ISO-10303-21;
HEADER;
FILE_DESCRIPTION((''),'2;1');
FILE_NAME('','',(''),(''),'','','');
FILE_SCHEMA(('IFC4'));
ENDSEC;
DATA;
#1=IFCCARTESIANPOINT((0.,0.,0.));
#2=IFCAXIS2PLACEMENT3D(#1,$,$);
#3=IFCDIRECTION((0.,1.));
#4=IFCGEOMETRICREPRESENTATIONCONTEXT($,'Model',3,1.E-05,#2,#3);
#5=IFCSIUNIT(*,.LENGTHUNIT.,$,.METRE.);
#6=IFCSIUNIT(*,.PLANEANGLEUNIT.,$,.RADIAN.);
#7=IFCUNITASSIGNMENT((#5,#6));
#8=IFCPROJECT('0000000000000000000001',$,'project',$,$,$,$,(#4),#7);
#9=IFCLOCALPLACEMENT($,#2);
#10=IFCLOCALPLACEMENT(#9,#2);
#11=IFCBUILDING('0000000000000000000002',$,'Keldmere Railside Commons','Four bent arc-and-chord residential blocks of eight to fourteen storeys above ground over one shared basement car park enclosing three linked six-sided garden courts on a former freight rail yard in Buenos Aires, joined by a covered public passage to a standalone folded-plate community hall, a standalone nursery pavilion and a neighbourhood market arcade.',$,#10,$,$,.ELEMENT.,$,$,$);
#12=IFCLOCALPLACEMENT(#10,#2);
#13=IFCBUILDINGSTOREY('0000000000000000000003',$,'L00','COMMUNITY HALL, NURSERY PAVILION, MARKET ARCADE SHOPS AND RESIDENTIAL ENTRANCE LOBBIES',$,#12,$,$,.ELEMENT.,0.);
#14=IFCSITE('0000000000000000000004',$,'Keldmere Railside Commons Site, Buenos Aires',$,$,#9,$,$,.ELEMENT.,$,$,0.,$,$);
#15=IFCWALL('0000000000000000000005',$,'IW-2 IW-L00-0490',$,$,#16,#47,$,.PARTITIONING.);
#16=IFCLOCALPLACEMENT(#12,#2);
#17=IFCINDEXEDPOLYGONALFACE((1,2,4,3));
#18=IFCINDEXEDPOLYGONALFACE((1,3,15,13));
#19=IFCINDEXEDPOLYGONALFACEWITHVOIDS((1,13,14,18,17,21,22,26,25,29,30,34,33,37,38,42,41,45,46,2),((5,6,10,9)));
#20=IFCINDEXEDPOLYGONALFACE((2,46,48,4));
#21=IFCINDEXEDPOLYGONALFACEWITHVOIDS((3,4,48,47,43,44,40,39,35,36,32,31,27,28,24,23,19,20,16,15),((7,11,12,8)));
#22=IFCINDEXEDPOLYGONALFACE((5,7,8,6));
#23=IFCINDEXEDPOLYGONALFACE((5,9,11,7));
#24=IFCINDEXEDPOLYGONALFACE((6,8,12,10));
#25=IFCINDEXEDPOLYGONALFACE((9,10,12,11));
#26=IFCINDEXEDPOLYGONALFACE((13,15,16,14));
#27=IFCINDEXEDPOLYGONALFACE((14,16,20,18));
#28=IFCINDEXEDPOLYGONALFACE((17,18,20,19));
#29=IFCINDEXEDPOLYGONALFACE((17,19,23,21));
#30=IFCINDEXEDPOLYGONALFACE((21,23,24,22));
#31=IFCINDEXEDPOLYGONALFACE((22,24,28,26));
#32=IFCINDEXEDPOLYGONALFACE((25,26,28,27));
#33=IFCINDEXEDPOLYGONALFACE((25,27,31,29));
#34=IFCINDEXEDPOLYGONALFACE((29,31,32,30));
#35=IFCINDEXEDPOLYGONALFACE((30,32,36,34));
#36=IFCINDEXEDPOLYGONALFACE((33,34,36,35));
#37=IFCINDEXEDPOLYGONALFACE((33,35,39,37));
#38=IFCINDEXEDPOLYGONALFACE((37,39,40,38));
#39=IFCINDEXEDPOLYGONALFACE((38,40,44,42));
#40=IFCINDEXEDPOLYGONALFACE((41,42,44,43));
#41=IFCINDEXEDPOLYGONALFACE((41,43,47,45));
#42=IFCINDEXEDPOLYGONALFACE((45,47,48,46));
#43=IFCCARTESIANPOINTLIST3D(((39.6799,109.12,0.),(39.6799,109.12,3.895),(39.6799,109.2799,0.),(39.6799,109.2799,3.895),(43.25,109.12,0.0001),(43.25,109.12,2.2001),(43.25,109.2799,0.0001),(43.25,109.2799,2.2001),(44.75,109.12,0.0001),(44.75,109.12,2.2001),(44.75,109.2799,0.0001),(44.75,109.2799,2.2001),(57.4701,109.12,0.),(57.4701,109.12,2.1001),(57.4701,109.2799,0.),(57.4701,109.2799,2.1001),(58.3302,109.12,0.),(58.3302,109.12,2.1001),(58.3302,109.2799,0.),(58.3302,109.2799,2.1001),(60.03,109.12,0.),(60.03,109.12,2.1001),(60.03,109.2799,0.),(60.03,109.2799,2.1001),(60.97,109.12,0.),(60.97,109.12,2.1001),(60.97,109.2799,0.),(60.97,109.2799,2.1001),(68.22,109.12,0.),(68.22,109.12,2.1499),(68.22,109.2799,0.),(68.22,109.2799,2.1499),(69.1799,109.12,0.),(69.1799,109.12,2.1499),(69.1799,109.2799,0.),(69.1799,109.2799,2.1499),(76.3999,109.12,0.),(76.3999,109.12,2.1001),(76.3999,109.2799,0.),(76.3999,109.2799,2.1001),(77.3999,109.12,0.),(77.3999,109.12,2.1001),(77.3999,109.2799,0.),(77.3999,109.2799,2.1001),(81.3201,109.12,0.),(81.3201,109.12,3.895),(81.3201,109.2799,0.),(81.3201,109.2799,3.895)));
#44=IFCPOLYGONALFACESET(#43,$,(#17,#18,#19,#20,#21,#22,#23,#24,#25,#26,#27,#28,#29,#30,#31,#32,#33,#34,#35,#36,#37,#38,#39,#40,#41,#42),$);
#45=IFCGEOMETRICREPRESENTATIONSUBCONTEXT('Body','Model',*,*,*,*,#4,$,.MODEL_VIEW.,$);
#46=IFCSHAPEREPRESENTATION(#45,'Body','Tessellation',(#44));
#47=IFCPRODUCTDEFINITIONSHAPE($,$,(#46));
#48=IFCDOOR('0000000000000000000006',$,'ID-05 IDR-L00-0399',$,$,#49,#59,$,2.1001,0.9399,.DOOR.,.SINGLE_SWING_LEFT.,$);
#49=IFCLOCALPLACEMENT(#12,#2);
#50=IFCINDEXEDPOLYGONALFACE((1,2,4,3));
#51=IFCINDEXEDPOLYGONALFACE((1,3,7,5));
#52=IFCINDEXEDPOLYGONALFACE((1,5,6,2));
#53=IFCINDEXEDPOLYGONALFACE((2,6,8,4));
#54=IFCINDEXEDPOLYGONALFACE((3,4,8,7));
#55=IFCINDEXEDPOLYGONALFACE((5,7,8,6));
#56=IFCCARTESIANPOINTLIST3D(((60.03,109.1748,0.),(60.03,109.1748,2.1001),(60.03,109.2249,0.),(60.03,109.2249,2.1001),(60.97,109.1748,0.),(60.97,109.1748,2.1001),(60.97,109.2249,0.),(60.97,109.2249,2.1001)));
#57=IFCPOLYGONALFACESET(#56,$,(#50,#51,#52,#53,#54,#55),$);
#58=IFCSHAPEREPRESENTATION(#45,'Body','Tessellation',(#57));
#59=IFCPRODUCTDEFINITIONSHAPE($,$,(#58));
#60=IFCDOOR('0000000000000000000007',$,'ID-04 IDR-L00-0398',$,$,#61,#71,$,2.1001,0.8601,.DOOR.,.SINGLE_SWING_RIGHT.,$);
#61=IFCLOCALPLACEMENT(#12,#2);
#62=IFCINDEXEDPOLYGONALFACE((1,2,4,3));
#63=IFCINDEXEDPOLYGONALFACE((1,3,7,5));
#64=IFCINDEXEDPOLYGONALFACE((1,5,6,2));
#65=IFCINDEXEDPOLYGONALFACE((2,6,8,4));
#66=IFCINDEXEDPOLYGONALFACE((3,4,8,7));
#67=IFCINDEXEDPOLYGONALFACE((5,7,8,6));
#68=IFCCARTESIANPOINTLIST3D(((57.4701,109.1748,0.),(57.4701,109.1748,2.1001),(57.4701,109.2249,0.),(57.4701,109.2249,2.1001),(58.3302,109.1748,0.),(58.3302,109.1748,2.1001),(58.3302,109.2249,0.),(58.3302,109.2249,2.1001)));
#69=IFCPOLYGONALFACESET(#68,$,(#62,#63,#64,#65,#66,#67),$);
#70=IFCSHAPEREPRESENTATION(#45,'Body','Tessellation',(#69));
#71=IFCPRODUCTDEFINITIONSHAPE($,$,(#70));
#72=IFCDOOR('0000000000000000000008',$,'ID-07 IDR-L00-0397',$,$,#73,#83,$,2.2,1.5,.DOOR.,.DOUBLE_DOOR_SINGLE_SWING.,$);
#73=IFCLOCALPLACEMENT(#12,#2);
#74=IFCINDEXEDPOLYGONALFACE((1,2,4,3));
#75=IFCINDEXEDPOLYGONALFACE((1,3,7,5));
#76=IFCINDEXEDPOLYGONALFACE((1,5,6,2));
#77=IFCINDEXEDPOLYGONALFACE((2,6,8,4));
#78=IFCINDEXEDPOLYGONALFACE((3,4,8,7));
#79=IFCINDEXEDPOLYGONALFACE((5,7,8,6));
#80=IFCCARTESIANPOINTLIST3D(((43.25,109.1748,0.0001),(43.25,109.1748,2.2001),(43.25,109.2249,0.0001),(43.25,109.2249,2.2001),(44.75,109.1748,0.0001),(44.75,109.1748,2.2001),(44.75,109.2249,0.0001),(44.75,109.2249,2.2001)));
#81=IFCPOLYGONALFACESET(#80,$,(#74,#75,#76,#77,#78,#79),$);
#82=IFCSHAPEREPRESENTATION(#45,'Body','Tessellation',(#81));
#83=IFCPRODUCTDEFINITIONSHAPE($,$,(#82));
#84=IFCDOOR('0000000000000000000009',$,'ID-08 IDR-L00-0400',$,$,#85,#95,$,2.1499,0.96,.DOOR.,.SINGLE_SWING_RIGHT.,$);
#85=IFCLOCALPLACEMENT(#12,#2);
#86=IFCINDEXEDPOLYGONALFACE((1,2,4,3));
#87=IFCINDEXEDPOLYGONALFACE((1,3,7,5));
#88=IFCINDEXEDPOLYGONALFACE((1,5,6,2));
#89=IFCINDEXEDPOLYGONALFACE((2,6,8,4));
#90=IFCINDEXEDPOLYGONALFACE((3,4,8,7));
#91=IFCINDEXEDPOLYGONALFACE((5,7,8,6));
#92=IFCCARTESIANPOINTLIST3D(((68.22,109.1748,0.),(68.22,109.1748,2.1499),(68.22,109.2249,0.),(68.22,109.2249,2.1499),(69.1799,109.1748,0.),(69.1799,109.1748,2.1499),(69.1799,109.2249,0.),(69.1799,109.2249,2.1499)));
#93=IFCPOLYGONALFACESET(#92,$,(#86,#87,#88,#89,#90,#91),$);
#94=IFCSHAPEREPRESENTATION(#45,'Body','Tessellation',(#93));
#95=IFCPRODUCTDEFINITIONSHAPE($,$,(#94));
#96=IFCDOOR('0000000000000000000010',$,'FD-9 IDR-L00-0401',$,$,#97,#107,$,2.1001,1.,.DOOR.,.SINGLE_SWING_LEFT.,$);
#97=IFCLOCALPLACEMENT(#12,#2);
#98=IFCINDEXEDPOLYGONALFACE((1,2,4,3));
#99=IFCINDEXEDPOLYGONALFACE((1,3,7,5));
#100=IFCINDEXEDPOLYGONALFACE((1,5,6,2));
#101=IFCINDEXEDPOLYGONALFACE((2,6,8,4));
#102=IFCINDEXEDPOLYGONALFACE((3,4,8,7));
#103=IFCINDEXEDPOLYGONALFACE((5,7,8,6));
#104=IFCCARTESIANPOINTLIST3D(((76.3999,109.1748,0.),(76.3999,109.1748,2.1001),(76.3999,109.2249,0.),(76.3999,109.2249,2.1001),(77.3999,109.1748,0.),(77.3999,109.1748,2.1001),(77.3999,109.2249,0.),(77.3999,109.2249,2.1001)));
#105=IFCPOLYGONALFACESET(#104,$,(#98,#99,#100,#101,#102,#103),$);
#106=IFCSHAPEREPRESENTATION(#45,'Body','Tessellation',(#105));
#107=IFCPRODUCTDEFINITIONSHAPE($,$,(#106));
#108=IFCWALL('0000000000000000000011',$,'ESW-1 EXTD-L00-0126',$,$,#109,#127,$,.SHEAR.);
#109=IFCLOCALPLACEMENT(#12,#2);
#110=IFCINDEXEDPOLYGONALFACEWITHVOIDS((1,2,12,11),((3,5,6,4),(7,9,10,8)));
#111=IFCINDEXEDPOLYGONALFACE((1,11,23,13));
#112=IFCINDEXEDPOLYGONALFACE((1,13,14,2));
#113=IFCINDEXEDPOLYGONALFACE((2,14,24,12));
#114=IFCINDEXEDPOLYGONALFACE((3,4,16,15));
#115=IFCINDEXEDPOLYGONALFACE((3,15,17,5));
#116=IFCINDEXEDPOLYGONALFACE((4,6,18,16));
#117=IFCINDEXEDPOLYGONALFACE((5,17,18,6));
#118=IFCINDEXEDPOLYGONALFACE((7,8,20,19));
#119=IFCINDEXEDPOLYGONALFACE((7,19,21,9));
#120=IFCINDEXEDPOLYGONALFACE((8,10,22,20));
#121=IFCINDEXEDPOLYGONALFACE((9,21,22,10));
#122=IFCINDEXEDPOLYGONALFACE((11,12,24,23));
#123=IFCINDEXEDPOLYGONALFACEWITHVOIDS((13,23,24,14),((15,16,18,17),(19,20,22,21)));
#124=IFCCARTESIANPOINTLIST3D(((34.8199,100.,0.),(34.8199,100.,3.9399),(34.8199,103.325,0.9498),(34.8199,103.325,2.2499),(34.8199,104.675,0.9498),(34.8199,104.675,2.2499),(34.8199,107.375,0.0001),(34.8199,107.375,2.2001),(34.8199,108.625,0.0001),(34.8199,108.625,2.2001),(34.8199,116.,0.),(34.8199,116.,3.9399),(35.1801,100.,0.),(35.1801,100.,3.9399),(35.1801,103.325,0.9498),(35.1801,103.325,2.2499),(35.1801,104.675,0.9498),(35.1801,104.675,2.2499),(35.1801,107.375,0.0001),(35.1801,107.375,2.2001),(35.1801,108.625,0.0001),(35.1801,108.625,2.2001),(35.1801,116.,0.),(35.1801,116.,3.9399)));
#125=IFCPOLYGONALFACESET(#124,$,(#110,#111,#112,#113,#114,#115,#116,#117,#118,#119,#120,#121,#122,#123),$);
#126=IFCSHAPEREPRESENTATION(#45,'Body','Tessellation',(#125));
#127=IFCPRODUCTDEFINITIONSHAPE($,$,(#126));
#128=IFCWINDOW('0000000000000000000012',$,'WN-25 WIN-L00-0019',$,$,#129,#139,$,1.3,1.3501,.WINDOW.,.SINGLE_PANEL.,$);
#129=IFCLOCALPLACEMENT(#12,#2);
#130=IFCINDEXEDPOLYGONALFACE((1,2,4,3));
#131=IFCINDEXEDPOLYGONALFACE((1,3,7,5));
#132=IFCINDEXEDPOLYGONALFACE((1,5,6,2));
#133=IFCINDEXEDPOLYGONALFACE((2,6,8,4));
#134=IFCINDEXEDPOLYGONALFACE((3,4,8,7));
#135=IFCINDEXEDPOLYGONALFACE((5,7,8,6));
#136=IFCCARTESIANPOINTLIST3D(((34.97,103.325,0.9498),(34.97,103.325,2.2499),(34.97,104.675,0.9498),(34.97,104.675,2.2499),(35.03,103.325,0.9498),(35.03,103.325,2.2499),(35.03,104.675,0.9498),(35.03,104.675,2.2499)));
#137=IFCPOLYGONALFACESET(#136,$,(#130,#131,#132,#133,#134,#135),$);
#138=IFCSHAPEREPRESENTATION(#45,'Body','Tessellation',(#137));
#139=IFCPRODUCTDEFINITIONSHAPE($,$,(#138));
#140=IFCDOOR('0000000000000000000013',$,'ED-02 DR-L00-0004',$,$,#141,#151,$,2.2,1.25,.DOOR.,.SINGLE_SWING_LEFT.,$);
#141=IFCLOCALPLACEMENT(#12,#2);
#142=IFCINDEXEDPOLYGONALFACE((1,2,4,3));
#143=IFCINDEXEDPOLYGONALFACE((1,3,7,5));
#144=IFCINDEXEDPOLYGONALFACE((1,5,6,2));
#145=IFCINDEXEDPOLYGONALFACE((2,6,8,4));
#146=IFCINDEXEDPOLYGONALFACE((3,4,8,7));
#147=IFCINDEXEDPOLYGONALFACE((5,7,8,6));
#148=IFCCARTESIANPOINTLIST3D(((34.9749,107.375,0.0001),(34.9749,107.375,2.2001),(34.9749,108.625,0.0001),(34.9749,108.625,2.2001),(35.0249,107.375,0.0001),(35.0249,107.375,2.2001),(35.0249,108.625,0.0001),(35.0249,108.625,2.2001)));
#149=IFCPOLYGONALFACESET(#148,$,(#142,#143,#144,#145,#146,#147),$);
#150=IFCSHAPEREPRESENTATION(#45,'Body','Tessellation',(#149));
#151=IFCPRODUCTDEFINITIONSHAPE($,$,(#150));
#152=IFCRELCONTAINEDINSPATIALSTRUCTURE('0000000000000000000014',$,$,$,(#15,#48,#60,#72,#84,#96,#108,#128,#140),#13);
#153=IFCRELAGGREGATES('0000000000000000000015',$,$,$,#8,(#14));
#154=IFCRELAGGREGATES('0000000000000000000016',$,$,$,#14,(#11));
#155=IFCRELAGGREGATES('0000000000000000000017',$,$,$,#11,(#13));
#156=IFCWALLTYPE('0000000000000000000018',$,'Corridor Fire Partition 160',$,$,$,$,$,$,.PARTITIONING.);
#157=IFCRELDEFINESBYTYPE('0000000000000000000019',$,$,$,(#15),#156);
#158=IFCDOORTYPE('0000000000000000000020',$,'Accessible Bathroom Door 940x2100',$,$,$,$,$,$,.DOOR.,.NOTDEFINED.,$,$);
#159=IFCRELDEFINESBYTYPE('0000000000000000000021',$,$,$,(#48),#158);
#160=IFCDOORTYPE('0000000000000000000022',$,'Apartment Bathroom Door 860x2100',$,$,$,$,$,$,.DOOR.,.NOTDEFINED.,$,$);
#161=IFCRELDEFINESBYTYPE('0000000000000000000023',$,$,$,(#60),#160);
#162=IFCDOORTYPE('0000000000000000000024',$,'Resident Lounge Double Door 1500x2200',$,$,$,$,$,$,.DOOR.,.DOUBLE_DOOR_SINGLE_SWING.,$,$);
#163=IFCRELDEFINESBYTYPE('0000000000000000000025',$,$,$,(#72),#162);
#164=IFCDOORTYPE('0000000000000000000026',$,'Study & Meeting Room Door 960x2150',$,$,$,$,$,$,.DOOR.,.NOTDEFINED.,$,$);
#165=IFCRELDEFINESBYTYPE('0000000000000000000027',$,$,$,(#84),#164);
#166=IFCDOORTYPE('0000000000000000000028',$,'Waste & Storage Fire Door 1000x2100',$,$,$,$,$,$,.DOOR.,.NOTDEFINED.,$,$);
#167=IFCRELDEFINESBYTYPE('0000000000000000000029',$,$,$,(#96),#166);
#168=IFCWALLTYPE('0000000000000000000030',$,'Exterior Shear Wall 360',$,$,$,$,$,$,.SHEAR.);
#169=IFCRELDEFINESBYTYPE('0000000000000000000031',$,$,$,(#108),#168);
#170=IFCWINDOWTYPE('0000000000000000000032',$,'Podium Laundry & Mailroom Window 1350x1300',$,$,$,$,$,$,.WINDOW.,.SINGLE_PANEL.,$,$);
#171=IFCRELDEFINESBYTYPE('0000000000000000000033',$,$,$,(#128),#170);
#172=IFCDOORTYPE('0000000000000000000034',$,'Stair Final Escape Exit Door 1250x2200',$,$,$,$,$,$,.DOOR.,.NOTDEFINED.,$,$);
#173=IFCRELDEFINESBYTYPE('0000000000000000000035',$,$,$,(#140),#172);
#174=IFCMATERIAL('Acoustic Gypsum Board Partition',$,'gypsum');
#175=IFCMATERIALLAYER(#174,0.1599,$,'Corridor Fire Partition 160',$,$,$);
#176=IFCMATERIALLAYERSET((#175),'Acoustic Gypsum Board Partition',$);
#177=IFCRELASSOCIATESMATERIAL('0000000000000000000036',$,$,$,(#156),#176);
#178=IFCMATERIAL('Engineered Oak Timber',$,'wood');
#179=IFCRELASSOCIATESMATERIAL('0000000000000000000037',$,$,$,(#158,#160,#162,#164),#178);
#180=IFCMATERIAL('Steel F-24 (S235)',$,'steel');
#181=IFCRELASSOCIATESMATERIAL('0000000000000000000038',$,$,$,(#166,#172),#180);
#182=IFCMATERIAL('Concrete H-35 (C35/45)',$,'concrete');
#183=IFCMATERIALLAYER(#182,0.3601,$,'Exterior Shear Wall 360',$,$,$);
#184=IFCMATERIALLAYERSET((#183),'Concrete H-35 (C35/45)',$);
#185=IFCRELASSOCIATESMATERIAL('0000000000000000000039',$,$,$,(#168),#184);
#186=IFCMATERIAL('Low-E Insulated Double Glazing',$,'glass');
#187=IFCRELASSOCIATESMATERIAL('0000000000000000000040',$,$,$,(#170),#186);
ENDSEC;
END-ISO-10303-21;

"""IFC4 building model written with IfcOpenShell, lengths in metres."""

from ifc_helpers import new_model, si_unit, direction, frame, frame_2d, origin, place, context, subcontext, project, spatial, rectangle, extrude, material, layer, layer_set, type_object, element, fill, save


model = new_model("IFC4")

# Units and contexts
model_context = context("Model", 3, precision=1e-05, world=origin(), true_north=direction((0.0, 1.0)))
body_context = subcontext(model_context, "Body", "Model", "MODEL_VIEW")
ifc_project = project(units=[si_unit("LENGTHUNIT", "METRE"), si_unit("PLANEANGLEUNIT", "RADIAN")], contexts=[model_context])

# Site, building, storey
site_placement = place(None, origin())
site = spatial("IfcSite", under=ifc_project, at=site_placement, Name="Keldmere Railside Commons Site, Buenos Aires", CompositionType="ELEMENT", RefElevation=0.0)
building_placement = place(site_placement, origin())
building = spatial("IfcBuilding", under=site, at=building_placement, Name="Keldmere Railside Commons", Description="Four bent arc-and-chord residential blocks of eight to fourteen storeys above ground over one shared basement car park enclosing three linked six-sided garden courts on a former freight rail yard in Buenos Aires, joined by a covered public passage to a standalone folded-plate community hall, a standalone nursery pavilion and a neighbourhood market arcade.", CompositionType="ELEMENT")
storey_placement = place(building_placement, origin())
storey = spatial("IfcBuildingStorey", under=building, at=storey_placement, Name="L00", Description="COMMUNITY HALL, NURSERY PAVILION, MARKET ARCADE SHOPS AND RESIDENTIAL ENTRANCE LOBBIES", CompositionType="ELEMENT", Elevation=0.0)

# Shared definitions
ifc_material_1 = material(Name="Acoustic Gypsum Board Partition", Category="gypsum")
ifc_layer_1 = layer(ifc_material_1, 0.1599, Name="Corridor Fire Partition 160")
ifc_layer_set_1 = layer_set([ifc_layer_1], Name="Acoustic Gypsum Board Partition")
wall_type_1 = type_object("IfcWallType", Name="Corridor Fire Partition 160", PredefinedType="PARTITIONING", material=ifc_layer_set_1)

# Wall, openings, doors
wall_1_placement = place(storey_placement, frame((39.6799, 109.2, 0.0), z_axis=(0.0, 0.0, 1.0), x_axis=(1.0, 0.0, 0.0)))
wall_1 = element("IfcWall", 1, at=wall_1_placement, inside=storey, type_object=wall_type_1, Name="IW-2 IW-L00-0490", PredefinedType="PARTITIONING", context=body_context, shape_type="SweptSolid", body=[
    extrude(rectangle(XDim=41.6401, YDim=0.1599, at=frame_2d((20.8201, 0.0))), origin(), (0.0, 0.0, 1.0), 3.895),
])
opening_1_placement = place(wall_1_placement, frame((3.5701, 0.0, 0.0)))
opening_1 = element("IfcOpeningElement", 2, at=opening_1_placement, cuts=wall_1, PredefinedType="OPENING", context=body_context, shape_type="SweptSolid", body=[
    extrude(rectangle(XDim=1.5, YDim=2.2, at=frame_2d((0.75, 1.1001))), frame((0.0, 0.0898, 0.0), z_axis=(0.0, -1.0, 0.0), x_axis=(1.0, 0.0, 0.0)), (0.0, 0.0, 1.0), 0.1799),
])
opening_2_placement = place(wall_1_placement, frame((17.79, 0.0, 0.0)))
opening_2 = element("IfcOpeningElement", 3, at=opening_2_placement, cuts=wall_1, PredefinedType="OPENING", context=body_context, shape_type="SweptSolid", body=[
    extrude(rectangle(XDim=0.8601, YDim=2.1001, at=frame_2d((0.4302, 1.05))), frame((0.0, 0.0898, 0.0), z_axis=(0.0, -1.0, 0.0), x_axis=(1.0, 0.0, 0.0)), (0.0, 0.0, 1.0), 0.1799),
])
opening_3_placement = place(wall_1_placement, frame((20.3501, 0.0, 0.0)))
opening_3 = element("IfcOpeningElement", 4, at=opening_3_placement, cuts=wall_1, PredefinedType="OPENING", context=body_context, shape_type="SweptSolid", body=[
    extrude(rectangle(XDim=0.9399, YDim=2.1001, at=frame_2d((0.47, 1.05))), frame((0.0, 0.0898, 0.0), z_axis=(0.0, -1.0, 0.0), x_axis=(1.0, 0.0, 0.0)), (0.0, 0.0, 1.0), 0.1799),
])
opening_4_placement = place(wall_1_placement, frame((28.54, 0.0, 0.0)))
opening_4 = element("IfcOpeningElement", 5, at=opening_4_placement, cuts=wall_1, PredefinedType="OPENING", context=body_context, shape_type="SweptSolid", body=[
    extrude(rectangle(XDim=0.96, YDim=2.1499, at=frame_2d((0.48, 1.075))), frame((0.0, 0.0898, 0.0), z_axis=(0.0, -1.0, 0.0), x_axis=(1.0, 0.0, 0.0)), (0.0, 0.0, 1.0), 0.1799),
])
opening_5_placement = place(wall_1_placement, frame((36.72, 0.0, 0.0)))
opening_5 = element("IfcOpeningElement", 6, at=opening_5_placement, cuts=wall_1, PredefinedType="OPENING", context=body_context, shape_type="SweptSolid", body=[
    extrude(rectangle(XDim=1.0, YDim=2.1001, at=frame_2d((0.5, 1.05))), frame((0.0, 0.0898, 0.0), z_axis=(0.0, -1.0, 0.0), x_axis=(1.0, 0.0, 0.0)), (0.0, 0.0, 1.0), 0.1799),
])
ifc_material_2 = material(Name="Engineered Oak Timber", Category="wood")
door_type_1 = type_object("IfcDoorType", Name="Accessible Bathroom Door 940x2100", OperationType="NOTDEFINED", PredefinedType="DOOR", material=ifc_material_2)
door_1_placement = place(opening_3_placement, origin())
door_1 = element("IfcDoor", 7, at=door_1_placement, inside=storey, type_object=door_type_1, Name="ID-05 IDR-L00-0399", OperationType="SINGLE_SWING_LEFT", OverallHeight=2.1001, OverallWidth=0.9399, PredefinedType="DOOR", context=body_context, shape_type="SweptSolid", body=[
    extrude(rectangle(XDim=0.9399, YDim=2.1001, at=frame_2d((0.47, 1.05))), frame((0.0, 0.0249, 0.0), z_axis=(0.0, -1.0, 0.0), x_axis=(1.0, 0.0, 0.0)), (0.0, 0.0, 1.0), 0.05),
])
fill(opening_3, door_1)
door_type_2 = type_object("IfcDoorType", Name="Apartment Bathroom Door 860x2100", OperationType="NOTDEFINED", PredefinedType="DOOR", material=ifc_material_2)
door_2_placement = place(opening_2_placement, origin())
door_2 = element("IfcDoor", 8, at=door_2_placement, inside=storey, type_object=door_type_2, Name="ID-04 IDR-L00-0398", OperationType="SINGLE_SWING_RIGHT", OverallHeight=2.1001, OverallWidth=0.8601, PredefinedType="DOOR", context=body_context, shape_type="SweptSolid", body=[
    extrude(rectangle(XDim=0.8601, YDim=2.1001, at=frame_2d((0.4302, 1.05))), frame((0.0, 0.0249, 0.0), z_axis=(0.0, -1.0, 0.0), x_axis=(1.0, 0.0, 0.0)), (0.0, 0.0, 1.0), 0.05),
])
fill(opening_2, door_2)
door_type_3 = type_object("IfcDoorType", Name="Resident Lounge Double Door 1500x2200", OperationType="DOUBLE_DOOR_SINGLE_SWING", PredefinedType="DOOR", material=ifc_material_2)
door_3_placement = place(opening_1_placement, origin())
door_3 = element("IfcDoor", 9, at=door_3_placement, inside=storey, type_object=door_type_3, Name="ID-07 IDR-L00-0397", OperationType="DOUBLE_DOOR_SINGLE_SWING", OverallHeight=2.2, OverallWidth=1.5, PredefinedType="DOOR", context=body_context, shape_type="SweptSolid", body=[
    extrude(rectangle(XDim=1.5, YDim=2.2, at=frame_2d((0.75, 1.1001))), frame((0.0, 0.0249, 0.0), z_axis=(0.0, -1.0, 0.0), x_axis=(1.0, 0.0, 0.0)), (0.0, 0.0, 1.0), 0.05),
])
fill(opening_1, door_3)
door_type_4 = type_object("IfcDoorType", Name="Study & Meeting Room Door 960x2150", OperationType="NOTDEFINED", PredefinedType="DOOR", material=ifc_material_2)
door_4_placement = place(opening_4_placement, origin())
door_4 = element("IfcDoor", 10, at=door_4_placement, inside=storey, type_object=door_type_4, Name="ID-08 IDR-L00-0400", OperationType="SINGLE_SWING_RIGHT", OverallHeight=2.1499, OverallWidth=0.96, PredefinedType="DOOR", context=body_context, shape_type="SweptSolid", body=[
    extrude(rectangle(XDim=0.96, YDim=2.1499, at=frame_2d((0.48, 1.075))), frame((0.0, 0.0249, 0.0), z_axis=(0.0, -1.0, 0.0), x_axis=(1.0, 0.0, 0.0)), (0.0, 0.0, 1.0), 0.05),
])
fill(opening_4, door_4)
ifc_material_3 = material(Name="Steel F-24 (S235)", Category="steel")
door_type_5 = type_object("IfcDoorType", Name="Waste & Storage Fire Door 1000x2100", OperationType="NOTDEFINED", PredefinedType="DOOR", material=ifc_material_3)
door_5_placement = place(opening_5_placement, origin())
door_5 = element("IfcDoor", 11, at=door_5_placement, inside=storey, type_object=door_type_5, Name="FD-9 IDR-L00-0401", OperationType="SINGLE_SWING_LEFT", OverallHeight=2.1001, OverallWidth=1.0, PredefinedType="DOOR", context=body_context, shape_type="SweptSolid", body=[
    extrude(rectangle(XDim=1.0, YDim=2.1001, at=frame_2d((0.5, 1.05))), frame((0.0, 0.0249, 0.0), z_axis=(0.0, -1.0, 0.0), x_axis=(1.0, 0.0, 0.0)), (0.0, 0.0, 1.0), 0.05),
])
fill(opening_5, door_5)

# Wall, openings, window, door
ifc_material_4 = material(Name="Concrete H-35 (C35/45)", Category="concrete")
ifc_layer_2 = layer(ifc_material_4, 0.3601, Name="Exterior Shear Wall 360")
ifc_layer_set_2 = layer_set([ifc_layer_2], Name="Concrete H-35 (C35/45)")
wall_type_2 = type_object("IfcWallType", Name="Exterior Shear Wall 360", PredefinedType="SHEAR", material=ifc_layer_set_2)
wall_2_placement = place(storey_placement, frame((35.0, 116.0, 0.0), z_axis=(0.0, 0.0, 1.0), x_axis=(0.0, -1.0, 0.0)))
wall_2 = element("IfcWall", 12, at=wall_2_placement, inside=storey, type_object=wall_type_2, Name="ESW-1 EXTD-L00-0126", PredefinedType="SHEAR", context=body_context, shape_type="SweptSolid", body=[
    extrude(rectangle(XDim=16.0, YDim=0.3601, at=frame_2d((8.0, 0.0))), origin(), (0.0, 0.0, 1.0), 3.9399),
])
opening_6_placement = place(wall_2_placement, frame((7.375, 0.0, 0.0)))
opening_6 = element("IfcOpeningElement", 13, at=opening_6_placement, cuts=wall_2, PredefinedType="OPENING", context=body_context, shape_type="SweptSolid", body=[
    extrude(rectangle(XDim=1.25, YDim=2.2, at=frame_2d((0.625, 1.1001))), frame((0.0, 0.1899, 0.0), z_axis=(0.0, -1.0, 0.0), x_axis=(1.0, 0.0, 0.0)), (0.0, 0.0, 1.0), 0.3801),
])
opening_7_placement = place(wall_2_placement, frame((11.325, 0.0, 0.95)))
opening_7 = element("IfcOpeningElement", 14, at=opening_7_placement, cuts=wall_2, PredefinedType="OPENING", context=body_context, shape_type="SweptSolid", body=[
    extrude(rectangle(XDim=1.3501, YDim=1.3, at=frame_2d((0.675, 0.6499))), frame((0.0, 0.1899, 0.0), z_axis=(0.0, -1.0, 0.0), x_axis=(1.0, 0.0, 0.0)), (0.0, 0.0, 1.0), 0.3801),
])
ifc_material_5 = material(Name="Low-E Insulated Double Glazing", Category="glass")
window_type_1 = type_object("IfcWindowType", Name="Podium Laundry & Mailroom Window 1350x1300", PartitioningType="SINGLE_PANEL", PredefinedType="WINDOW", material=ifc_material_5)
window_1_placement = place(opening_7_placement, origin())
window_1 = element("IfcWindow", 15, at=window_1_placement, inside=storey, type_object=window_type_1, Name="WN-25 WIN-L00-0019", OverallHeight=1.3, OverallWidth=1.3501, PartitioningType="SINGLE_PANEL", PredefinedType="WINDOW", context=body_context, shape_type="SweptSolid", body=[
    extrude(rectangle(XDim=1.3501, YDim=1.3, at=frame_2d((0.675, 0.6499))), frame((0.0, 0.03, 0.0), z_axis=(0.0, -1.0, 0.0), x_axis=(1.0, 0.0, 0.0)), (0.0, 0.0, 1.0), 0.0601),
])
fill(opening_7, window_1)
door_type_6 = type_object("IfcDoorType", Name="Stair Final Escape Exit Door 1250x2200", OperationType="NOTDEFINED", PredefinedType="DOOR", material=ifc_material_3)
door_6_placement = place(opening_6_placement, origin())
door_6 = element("IfcDoor", 16, at=door_6_placement, inside=storey, type_object=door_type_6, Name="ED-02 DR-L00-0004", OperationType="SINGLE_SWING_LEFT", OverallHeight=2.2, OverallWidth=1.25, PredefinedType="DOOR", context=body_context, shape_type="SweptSolid", body=[
    extrude(rectangle(XDim=1.25, YDim=2.2, at=frame_2d((0.625, 1.1001))), frame((0.0, 0.0249, 0.0), z_axis=(0.0, -1.0, 0.0), x_axis=(1.0, 0.0, 0.0)), (0.0, 0.0, 1.0), 0.05),
])
fill(opening_6, door_6)

save(model, "model.ifc")
